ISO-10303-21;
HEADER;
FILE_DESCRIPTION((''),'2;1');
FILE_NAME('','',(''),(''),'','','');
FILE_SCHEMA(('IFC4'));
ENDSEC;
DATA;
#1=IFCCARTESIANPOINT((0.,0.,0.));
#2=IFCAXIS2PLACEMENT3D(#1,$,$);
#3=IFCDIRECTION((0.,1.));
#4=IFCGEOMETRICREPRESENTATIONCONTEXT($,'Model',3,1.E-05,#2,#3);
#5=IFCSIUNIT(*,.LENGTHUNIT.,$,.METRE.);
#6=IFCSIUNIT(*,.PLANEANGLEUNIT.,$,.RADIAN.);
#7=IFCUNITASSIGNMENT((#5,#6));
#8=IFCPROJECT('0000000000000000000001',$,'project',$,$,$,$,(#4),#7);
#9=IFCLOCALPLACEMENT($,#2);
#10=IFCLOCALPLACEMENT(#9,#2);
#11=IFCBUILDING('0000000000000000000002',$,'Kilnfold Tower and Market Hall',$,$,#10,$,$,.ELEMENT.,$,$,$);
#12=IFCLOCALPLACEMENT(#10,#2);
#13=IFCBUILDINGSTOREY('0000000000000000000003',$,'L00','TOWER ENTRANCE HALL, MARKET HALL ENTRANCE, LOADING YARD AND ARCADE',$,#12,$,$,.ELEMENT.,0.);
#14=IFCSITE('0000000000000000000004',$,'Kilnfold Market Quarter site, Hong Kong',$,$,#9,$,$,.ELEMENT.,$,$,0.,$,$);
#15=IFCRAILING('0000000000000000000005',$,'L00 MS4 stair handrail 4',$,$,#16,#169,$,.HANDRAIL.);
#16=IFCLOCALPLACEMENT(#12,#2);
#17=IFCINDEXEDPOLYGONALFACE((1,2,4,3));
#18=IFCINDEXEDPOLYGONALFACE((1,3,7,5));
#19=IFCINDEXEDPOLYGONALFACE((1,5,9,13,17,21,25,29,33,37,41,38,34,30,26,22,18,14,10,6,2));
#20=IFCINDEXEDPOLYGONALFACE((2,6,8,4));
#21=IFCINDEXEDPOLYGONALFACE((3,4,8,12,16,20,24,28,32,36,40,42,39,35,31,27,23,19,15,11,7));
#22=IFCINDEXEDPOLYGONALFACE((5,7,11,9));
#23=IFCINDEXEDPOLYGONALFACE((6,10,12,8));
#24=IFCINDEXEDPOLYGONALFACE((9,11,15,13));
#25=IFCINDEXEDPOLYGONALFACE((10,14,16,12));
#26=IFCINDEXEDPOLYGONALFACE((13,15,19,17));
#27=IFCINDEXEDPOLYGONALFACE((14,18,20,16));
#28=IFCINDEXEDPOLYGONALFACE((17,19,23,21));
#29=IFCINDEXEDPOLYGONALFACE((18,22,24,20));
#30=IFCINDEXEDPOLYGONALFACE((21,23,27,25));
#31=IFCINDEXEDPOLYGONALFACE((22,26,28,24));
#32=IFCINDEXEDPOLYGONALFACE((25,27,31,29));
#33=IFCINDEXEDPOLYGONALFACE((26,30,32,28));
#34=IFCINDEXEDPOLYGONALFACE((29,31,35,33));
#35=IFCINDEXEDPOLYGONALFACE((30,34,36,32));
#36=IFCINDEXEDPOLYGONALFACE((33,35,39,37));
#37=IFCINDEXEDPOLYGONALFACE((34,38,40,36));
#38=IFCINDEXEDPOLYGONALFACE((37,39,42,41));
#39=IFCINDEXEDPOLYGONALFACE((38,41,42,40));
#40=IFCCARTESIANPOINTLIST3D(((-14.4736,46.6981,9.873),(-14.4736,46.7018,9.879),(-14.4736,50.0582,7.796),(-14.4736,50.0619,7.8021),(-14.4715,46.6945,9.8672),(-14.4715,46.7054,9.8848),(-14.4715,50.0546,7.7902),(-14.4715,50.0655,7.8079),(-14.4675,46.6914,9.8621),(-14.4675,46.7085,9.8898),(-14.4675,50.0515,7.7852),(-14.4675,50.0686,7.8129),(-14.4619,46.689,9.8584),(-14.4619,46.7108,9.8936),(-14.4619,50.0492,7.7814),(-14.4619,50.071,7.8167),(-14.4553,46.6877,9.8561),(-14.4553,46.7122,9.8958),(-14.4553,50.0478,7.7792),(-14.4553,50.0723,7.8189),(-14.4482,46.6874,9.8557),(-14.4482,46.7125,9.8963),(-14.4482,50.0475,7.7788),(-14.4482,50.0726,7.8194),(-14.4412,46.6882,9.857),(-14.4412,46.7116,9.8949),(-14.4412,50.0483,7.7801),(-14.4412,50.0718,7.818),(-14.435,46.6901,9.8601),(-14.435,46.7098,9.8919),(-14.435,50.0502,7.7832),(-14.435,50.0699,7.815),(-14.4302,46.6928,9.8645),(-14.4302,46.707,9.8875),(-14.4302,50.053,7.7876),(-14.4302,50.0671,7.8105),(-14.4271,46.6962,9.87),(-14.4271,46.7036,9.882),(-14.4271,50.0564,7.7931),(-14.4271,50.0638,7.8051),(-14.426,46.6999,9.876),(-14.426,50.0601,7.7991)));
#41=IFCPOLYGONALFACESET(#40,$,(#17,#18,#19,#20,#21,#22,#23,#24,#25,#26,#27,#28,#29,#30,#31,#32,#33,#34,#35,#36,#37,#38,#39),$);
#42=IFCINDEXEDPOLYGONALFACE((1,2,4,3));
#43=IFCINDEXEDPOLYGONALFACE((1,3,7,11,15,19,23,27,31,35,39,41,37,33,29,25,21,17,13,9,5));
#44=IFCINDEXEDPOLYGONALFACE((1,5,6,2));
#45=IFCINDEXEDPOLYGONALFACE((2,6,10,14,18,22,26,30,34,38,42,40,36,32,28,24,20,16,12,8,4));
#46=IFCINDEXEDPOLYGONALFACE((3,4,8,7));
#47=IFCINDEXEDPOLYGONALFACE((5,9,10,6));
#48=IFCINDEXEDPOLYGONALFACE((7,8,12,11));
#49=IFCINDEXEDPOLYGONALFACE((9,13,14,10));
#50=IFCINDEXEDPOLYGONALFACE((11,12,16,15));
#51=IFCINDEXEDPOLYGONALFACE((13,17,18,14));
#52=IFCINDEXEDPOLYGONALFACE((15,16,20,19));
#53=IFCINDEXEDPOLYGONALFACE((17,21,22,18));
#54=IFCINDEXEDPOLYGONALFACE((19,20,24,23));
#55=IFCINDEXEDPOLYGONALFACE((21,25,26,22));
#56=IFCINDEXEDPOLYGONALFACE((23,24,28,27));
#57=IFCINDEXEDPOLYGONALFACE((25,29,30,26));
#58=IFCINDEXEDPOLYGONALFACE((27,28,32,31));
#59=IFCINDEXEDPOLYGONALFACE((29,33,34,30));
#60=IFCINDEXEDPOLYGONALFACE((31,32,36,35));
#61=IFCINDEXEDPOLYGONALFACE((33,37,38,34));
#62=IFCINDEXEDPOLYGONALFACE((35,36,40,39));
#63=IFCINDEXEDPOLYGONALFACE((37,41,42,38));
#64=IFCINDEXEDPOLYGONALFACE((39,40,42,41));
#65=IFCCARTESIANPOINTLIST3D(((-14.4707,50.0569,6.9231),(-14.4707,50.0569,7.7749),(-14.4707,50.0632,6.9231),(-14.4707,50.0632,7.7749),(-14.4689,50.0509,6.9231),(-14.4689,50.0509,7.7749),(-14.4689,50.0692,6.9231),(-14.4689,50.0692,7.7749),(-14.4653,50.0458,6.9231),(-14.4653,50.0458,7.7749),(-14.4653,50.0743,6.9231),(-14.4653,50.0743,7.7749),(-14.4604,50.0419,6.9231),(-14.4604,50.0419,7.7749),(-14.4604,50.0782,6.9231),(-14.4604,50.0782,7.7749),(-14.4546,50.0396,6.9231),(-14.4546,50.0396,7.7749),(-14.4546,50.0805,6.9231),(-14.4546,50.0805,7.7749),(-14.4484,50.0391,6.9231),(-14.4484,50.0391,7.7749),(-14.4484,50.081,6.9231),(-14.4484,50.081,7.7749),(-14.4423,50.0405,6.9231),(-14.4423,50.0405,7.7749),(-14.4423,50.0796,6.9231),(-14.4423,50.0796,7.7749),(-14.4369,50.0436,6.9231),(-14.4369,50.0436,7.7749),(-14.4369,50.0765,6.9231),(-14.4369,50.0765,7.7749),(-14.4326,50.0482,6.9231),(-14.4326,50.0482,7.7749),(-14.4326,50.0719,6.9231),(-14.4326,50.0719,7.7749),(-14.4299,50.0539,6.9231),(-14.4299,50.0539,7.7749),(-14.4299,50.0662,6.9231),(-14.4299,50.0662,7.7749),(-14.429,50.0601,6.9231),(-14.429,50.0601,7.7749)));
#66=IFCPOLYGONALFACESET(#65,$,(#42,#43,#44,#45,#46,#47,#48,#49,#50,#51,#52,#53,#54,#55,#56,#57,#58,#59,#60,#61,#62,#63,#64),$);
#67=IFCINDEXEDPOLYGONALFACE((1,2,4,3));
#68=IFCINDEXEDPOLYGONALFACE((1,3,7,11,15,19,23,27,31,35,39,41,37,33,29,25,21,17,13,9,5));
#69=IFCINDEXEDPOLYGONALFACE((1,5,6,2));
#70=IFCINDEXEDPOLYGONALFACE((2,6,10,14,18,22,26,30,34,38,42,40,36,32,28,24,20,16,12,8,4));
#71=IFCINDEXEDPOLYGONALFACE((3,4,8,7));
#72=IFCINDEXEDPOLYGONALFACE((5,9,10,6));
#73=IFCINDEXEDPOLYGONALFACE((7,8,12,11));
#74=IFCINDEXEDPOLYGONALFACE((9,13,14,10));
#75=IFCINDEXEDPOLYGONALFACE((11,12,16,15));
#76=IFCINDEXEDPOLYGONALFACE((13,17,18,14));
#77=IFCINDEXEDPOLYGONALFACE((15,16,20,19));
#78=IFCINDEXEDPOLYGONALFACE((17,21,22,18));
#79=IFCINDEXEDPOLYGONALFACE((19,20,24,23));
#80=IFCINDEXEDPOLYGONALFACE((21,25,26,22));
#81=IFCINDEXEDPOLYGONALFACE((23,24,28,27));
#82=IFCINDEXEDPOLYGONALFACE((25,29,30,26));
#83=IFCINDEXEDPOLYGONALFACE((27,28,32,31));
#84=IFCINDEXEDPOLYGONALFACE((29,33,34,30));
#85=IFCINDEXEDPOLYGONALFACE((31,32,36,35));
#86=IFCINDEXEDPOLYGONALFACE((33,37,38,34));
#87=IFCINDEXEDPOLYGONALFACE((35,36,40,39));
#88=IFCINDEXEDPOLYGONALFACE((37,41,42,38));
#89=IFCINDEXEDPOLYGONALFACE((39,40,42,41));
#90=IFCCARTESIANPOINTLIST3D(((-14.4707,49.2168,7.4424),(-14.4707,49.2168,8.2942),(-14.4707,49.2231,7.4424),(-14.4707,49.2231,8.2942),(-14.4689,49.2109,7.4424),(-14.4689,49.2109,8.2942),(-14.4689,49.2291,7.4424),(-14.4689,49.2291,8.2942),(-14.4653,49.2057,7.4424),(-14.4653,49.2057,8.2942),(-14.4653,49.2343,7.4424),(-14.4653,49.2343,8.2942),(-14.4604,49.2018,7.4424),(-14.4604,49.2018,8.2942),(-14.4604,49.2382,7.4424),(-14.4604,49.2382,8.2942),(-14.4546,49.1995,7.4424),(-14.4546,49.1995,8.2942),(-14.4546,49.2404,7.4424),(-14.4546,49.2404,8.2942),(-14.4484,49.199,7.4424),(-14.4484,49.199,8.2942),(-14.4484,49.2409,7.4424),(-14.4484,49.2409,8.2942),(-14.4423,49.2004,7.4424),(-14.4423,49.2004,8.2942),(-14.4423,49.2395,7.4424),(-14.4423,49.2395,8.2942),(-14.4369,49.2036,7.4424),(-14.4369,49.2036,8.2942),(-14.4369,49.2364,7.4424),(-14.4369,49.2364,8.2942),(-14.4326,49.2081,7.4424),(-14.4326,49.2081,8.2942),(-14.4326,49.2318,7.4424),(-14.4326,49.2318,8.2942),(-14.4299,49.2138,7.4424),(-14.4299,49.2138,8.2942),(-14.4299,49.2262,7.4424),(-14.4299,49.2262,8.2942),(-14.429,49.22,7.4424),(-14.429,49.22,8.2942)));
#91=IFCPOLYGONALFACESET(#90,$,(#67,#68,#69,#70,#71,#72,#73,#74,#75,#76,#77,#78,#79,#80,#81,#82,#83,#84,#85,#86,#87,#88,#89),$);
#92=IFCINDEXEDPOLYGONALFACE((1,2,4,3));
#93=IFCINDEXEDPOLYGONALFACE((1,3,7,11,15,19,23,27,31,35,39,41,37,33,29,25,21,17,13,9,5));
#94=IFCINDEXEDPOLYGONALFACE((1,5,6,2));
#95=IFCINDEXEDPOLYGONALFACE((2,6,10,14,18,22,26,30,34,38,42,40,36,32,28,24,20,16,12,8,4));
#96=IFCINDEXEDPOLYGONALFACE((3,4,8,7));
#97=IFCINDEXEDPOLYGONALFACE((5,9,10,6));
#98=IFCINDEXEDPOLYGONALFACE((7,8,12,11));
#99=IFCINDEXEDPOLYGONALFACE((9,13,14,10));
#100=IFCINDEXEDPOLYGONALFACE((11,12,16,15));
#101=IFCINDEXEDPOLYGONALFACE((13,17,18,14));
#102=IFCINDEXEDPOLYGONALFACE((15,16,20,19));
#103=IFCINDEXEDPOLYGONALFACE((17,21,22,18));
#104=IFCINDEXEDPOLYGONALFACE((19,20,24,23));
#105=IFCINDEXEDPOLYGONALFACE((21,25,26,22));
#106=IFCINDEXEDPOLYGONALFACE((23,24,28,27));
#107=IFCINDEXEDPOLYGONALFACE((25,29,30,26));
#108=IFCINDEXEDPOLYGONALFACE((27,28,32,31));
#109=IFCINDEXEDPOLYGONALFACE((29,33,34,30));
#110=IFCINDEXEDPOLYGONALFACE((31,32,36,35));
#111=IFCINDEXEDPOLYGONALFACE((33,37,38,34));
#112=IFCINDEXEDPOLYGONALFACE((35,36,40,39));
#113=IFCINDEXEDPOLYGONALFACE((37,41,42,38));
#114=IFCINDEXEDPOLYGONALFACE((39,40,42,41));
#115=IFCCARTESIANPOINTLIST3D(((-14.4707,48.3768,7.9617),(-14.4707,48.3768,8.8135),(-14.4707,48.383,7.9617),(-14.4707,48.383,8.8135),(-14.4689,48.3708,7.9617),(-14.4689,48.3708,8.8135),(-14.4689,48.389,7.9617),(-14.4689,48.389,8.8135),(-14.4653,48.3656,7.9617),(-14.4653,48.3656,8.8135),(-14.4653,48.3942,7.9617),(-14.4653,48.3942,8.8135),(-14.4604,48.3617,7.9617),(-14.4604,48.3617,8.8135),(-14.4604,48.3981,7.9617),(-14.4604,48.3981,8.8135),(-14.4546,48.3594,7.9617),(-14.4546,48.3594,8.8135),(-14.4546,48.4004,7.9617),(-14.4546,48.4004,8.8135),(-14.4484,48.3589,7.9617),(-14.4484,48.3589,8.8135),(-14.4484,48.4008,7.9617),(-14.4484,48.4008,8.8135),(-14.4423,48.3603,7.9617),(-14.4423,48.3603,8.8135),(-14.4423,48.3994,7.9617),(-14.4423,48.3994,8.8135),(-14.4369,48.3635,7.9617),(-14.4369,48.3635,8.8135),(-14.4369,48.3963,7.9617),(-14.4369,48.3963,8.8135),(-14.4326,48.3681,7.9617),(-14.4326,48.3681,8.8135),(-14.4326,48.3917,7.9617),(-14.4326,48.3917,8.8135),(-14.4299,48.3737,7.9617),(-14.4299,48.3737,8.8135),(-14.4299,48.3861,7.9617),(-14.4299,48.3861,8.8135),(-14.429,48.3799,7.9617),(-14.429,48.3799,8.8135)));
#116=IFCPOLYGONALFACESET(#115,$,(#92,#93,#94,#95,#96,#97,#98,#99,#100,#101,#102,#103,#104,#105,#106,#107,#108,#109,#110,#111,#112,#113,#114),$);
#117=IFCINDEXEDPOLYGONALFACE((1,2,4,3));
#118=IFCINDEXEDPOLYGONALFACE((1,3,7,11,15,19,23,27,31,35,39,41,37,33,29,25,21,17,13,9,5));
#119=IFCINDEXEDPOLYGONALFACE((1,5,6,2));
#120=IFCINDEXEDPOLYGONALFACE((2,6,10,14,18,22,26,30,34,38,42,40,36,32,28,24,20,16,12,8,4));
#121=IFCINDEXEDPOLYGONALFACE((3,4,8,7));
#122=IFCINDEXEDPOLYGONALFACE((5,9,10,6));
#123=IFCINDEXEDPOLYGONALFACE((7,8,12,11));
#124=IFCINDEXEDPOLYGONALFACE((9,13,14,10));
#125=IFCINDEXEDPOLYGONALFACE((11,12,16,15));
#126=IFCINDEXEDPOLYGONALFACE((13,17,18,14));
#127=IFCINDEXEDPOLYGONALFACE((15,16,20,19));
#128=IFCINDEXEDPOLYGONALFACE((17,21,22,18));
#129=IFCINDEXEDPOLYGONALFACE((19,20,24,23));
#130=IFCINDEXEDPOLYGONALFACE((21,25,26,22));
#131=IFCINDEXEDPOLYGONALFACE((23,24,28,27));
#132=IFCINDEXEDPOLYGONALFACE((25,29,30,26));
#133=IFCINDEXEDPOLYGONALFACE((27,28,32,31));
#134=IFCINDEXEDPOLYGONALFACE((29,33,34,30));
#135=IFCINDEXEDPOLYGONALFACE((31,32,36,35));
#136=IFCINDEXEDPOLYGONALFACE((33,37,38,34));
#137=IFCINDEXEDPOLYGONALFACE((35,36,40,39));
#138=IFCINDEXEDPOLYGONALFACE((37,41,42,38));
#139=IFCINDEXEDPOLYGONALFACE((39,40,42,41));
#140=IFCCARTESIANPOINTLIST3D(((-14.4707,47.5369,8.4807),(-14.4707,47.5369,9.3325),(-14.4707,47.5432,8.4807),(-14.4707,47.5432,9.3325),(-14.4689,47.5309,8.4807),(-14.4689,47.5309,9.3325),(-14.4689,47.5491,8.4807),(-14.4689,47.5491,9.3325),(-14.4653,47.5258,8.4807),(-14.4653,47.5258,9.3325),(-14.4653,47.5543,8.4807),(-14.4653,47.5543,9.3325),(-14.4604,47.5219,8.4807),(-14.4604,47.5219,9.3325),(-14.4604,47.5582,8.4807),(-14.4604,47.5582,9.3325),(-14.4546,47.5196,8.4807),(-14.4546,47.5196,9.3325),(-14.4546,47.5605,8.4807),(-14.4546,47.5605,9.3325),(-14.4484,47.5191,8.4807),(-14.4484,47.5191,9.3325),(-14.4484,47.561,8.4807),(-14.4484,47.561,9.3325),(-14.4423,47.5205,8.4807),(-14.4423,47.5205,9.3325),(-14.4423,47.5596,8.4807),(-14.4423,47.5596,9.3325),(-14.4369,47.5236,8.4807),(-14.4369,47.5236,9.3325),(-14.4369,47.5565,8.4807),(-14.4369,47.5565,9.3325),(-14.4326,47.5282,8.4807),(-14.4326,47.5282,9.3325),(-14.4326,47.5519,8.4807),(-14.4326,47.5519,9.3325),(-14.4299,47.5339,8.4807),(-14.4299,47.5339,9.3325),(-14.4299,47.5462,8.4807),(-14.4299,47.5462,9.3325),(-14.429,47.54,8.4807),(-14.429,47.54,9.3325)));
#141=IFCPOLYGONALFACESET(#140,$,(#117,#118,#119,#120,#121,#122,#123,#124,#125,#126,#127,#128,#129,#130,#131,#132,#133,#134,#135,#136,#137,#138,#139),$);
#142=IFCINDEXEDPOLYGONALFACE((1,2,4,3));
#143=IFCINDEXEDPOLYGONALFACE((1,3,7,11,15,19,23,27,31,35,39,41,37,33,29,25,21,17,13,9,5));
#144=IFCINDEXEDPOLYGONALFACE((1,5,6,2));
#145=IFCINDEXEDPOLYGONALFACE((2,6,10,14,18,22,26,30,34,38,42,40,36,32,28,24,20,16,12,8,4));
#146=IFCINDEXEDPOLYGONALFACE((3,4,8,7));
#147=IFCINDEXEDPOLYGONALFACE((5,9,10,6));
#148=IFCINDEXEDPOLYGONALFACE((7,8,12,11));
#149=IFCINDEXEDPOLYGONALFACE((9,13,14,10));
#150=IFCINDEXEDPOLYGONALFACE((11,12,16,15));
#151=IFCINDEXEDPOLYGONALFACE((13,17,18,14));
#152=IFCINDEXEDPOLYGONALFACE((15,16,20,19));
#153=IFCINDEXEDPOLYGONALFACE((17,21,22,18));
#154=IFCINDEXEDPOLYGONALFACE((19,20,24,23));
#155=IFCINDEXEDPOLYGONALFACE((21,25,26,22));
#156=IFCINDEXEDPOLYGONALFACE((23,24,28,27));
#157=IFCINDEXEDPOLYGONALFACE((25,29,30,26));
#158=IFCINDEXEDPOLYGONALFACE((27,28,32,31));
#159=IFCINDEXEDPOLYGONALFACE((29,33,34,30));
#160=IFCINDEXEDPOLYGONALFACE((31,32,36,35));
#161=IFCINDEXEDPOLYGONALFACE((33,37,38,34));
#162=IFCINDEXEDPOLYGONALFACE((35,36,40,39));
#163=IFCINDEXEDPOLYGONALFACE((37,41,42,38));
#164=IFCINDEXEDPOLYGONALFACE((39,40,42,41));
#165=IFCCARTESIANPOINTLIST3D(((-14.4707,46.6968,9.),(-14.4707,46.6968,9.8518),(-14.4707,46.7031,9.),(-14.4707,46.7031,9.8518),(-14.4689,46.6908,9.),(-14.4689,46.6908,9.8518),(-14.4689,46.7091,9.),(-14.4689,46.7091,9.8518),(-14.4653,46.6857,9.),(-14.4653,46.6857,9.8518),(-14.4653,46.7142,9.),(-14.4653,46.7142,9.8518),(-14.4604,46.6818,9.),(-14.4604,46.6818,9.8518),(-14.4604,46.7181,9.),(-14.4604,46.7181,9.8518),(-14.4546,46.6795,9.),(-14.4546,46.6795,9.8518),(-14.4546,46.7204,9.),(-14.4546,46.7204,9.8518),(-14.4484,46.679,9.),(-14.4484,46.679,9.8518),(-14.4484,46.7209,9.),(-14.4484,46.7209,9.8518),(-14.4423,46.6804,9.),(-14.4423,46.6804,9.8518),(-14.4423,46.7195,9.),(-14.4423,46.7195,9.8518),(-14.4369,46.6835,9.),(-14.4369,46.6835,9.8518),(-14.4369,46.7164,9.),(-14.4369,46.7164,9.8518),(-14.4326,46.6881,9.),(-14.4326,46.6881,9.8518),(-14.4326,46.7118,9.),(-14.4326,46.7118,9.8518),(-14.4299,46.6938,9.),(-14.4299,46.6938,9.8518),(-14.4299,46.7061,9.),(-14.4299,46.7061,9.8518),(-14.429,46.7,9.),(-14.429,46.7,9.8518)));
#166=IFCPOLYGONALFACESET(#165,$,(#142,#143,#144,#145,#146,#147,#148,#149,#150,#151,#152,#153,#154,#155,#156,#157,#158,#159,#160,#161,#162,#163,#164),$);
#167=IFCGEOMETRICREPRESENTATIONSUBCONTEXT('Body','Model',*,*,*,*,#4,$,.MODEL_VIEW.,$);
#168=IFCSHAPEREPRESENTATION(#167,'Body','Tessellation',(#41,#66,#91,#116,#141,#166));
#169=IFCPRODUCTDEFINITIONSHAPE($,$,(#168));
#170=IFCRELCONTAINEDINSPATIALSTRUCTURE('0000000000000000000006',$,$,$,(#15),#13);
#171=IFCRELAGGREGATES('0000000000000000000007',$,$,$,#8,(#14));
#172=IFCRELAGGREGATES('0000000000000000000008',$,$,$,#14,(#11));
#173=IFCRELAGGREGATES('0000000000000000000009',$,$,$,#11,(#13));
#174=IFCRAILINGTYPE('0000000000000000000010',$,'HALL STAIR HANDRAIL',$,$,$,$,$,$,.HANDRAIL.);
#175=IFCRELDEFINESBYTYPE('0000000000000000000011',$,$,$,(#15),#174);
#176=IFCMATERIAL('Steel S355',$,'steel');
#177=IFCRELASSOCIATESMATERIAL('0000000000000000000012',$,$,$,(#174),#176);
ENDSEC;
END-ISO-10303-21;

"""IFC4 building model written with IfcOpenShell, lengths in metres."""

from ifc_helpers import new_model, si_unit, direction, frame, origin, origin_2d, place, context, subcontext, project, spatial, circle, extrude, material, type_object, element, save


model = new_model("IFC4")

# Units and contexts
model_context = context("Model", 3, precision=1e-05, world=origin(), true_north=direction((0.0, 1.0)))
body_context = subcontext(model_context, "Body", "Model", "MODEL_VIEW")
ifc_project = project(units=[si_unit("LENGTHUNIT", "METRE"), si_unit("PLANEANGLEUNIT", "RADIAN")], contexts=[model_context])

# Site, building, storey
site_placement = place(None, origin())
site = spatial("IfcSite", under=ifc_project, at=site_placement, Name="Kilnfold Market Quarter site, Hong Kong", CompositionType="ELEMENT", RefElevation=0.0)
building_placement = place(site_placement, origin())
building = spatial("IfcBuilding", under=site, at=building_placement, Name="Kilnfold Tower and Market Hall", CompositionType="ELEMENT")
storey_placement = place(building_placement, origin())
storey = spatial("IfcBuildingStorey", under=building, at=storey_placement, Name="L00", Description="TOWER ENTRANCE HALL, MARKET HALL ENTRANCE, LOADING YARD AND ARCADE", CompositionType="ELEMENT", Elevation=0.0)

# Railing
ifc_material_1 = material(Name="Steel S355", Category="steel")
railing_type_1 = type_object("IfcRailingType", Name="HALL STAIR HANDRAIL", PredefinedType="HANDRAIL", material=ifc_material_1)
for number, where, name in (
    (1, (-14.45, 50.0601, 6.9231), "L00 MS4 stair handrail 4"),
):
    element("IfcRailing", number, at=place(storey_placement, frame(where)), inside=storey, type_object=railing_type_1, Name=name, PredefinedType="HANDRAIL", context=body_context, shape_type="SweptSolid", body=[
        extrude(circle(Radius=0.0239, at=origin_2d()), frame((0.0, 0.0, 0.876), z_axis=(0.0, -0.850623, 0.525776), x_axis=(1.0, 0.0, 0.0)), (0.0, 0.0, 1.0), 3.9502),
        extrude(circle(Radius=0.021, at=origin_2d()), origin(), (0.0, 0.0, 1.0), 0.8518),
        extrude(circle(Radius=0.021, at=origin_2d()), frame((0.0, -0.8401, 0.5193)), (0.0, 0.0, 1.0), 0.8518),
        extrude(circle(Radius=0.021, at=origin_2d()), frame((0.0, -1.6802, 1.0386)), (0.0, 0.0, 1.0), 0.8518),
        extrude(circle(Radius=0.021, at=origin_2d()), frame((0.0, -2.52, 1.5576)), (0.0, 0.0, 1.0), 0.8518),
        extrude(circle(Radius=0.021, at=origin_2d()), frame((0.0, -3.3601, 2.0769)), (0.0, 0.0, 1.0), 0.8518),
    ])

save(model, "model.ifc")
